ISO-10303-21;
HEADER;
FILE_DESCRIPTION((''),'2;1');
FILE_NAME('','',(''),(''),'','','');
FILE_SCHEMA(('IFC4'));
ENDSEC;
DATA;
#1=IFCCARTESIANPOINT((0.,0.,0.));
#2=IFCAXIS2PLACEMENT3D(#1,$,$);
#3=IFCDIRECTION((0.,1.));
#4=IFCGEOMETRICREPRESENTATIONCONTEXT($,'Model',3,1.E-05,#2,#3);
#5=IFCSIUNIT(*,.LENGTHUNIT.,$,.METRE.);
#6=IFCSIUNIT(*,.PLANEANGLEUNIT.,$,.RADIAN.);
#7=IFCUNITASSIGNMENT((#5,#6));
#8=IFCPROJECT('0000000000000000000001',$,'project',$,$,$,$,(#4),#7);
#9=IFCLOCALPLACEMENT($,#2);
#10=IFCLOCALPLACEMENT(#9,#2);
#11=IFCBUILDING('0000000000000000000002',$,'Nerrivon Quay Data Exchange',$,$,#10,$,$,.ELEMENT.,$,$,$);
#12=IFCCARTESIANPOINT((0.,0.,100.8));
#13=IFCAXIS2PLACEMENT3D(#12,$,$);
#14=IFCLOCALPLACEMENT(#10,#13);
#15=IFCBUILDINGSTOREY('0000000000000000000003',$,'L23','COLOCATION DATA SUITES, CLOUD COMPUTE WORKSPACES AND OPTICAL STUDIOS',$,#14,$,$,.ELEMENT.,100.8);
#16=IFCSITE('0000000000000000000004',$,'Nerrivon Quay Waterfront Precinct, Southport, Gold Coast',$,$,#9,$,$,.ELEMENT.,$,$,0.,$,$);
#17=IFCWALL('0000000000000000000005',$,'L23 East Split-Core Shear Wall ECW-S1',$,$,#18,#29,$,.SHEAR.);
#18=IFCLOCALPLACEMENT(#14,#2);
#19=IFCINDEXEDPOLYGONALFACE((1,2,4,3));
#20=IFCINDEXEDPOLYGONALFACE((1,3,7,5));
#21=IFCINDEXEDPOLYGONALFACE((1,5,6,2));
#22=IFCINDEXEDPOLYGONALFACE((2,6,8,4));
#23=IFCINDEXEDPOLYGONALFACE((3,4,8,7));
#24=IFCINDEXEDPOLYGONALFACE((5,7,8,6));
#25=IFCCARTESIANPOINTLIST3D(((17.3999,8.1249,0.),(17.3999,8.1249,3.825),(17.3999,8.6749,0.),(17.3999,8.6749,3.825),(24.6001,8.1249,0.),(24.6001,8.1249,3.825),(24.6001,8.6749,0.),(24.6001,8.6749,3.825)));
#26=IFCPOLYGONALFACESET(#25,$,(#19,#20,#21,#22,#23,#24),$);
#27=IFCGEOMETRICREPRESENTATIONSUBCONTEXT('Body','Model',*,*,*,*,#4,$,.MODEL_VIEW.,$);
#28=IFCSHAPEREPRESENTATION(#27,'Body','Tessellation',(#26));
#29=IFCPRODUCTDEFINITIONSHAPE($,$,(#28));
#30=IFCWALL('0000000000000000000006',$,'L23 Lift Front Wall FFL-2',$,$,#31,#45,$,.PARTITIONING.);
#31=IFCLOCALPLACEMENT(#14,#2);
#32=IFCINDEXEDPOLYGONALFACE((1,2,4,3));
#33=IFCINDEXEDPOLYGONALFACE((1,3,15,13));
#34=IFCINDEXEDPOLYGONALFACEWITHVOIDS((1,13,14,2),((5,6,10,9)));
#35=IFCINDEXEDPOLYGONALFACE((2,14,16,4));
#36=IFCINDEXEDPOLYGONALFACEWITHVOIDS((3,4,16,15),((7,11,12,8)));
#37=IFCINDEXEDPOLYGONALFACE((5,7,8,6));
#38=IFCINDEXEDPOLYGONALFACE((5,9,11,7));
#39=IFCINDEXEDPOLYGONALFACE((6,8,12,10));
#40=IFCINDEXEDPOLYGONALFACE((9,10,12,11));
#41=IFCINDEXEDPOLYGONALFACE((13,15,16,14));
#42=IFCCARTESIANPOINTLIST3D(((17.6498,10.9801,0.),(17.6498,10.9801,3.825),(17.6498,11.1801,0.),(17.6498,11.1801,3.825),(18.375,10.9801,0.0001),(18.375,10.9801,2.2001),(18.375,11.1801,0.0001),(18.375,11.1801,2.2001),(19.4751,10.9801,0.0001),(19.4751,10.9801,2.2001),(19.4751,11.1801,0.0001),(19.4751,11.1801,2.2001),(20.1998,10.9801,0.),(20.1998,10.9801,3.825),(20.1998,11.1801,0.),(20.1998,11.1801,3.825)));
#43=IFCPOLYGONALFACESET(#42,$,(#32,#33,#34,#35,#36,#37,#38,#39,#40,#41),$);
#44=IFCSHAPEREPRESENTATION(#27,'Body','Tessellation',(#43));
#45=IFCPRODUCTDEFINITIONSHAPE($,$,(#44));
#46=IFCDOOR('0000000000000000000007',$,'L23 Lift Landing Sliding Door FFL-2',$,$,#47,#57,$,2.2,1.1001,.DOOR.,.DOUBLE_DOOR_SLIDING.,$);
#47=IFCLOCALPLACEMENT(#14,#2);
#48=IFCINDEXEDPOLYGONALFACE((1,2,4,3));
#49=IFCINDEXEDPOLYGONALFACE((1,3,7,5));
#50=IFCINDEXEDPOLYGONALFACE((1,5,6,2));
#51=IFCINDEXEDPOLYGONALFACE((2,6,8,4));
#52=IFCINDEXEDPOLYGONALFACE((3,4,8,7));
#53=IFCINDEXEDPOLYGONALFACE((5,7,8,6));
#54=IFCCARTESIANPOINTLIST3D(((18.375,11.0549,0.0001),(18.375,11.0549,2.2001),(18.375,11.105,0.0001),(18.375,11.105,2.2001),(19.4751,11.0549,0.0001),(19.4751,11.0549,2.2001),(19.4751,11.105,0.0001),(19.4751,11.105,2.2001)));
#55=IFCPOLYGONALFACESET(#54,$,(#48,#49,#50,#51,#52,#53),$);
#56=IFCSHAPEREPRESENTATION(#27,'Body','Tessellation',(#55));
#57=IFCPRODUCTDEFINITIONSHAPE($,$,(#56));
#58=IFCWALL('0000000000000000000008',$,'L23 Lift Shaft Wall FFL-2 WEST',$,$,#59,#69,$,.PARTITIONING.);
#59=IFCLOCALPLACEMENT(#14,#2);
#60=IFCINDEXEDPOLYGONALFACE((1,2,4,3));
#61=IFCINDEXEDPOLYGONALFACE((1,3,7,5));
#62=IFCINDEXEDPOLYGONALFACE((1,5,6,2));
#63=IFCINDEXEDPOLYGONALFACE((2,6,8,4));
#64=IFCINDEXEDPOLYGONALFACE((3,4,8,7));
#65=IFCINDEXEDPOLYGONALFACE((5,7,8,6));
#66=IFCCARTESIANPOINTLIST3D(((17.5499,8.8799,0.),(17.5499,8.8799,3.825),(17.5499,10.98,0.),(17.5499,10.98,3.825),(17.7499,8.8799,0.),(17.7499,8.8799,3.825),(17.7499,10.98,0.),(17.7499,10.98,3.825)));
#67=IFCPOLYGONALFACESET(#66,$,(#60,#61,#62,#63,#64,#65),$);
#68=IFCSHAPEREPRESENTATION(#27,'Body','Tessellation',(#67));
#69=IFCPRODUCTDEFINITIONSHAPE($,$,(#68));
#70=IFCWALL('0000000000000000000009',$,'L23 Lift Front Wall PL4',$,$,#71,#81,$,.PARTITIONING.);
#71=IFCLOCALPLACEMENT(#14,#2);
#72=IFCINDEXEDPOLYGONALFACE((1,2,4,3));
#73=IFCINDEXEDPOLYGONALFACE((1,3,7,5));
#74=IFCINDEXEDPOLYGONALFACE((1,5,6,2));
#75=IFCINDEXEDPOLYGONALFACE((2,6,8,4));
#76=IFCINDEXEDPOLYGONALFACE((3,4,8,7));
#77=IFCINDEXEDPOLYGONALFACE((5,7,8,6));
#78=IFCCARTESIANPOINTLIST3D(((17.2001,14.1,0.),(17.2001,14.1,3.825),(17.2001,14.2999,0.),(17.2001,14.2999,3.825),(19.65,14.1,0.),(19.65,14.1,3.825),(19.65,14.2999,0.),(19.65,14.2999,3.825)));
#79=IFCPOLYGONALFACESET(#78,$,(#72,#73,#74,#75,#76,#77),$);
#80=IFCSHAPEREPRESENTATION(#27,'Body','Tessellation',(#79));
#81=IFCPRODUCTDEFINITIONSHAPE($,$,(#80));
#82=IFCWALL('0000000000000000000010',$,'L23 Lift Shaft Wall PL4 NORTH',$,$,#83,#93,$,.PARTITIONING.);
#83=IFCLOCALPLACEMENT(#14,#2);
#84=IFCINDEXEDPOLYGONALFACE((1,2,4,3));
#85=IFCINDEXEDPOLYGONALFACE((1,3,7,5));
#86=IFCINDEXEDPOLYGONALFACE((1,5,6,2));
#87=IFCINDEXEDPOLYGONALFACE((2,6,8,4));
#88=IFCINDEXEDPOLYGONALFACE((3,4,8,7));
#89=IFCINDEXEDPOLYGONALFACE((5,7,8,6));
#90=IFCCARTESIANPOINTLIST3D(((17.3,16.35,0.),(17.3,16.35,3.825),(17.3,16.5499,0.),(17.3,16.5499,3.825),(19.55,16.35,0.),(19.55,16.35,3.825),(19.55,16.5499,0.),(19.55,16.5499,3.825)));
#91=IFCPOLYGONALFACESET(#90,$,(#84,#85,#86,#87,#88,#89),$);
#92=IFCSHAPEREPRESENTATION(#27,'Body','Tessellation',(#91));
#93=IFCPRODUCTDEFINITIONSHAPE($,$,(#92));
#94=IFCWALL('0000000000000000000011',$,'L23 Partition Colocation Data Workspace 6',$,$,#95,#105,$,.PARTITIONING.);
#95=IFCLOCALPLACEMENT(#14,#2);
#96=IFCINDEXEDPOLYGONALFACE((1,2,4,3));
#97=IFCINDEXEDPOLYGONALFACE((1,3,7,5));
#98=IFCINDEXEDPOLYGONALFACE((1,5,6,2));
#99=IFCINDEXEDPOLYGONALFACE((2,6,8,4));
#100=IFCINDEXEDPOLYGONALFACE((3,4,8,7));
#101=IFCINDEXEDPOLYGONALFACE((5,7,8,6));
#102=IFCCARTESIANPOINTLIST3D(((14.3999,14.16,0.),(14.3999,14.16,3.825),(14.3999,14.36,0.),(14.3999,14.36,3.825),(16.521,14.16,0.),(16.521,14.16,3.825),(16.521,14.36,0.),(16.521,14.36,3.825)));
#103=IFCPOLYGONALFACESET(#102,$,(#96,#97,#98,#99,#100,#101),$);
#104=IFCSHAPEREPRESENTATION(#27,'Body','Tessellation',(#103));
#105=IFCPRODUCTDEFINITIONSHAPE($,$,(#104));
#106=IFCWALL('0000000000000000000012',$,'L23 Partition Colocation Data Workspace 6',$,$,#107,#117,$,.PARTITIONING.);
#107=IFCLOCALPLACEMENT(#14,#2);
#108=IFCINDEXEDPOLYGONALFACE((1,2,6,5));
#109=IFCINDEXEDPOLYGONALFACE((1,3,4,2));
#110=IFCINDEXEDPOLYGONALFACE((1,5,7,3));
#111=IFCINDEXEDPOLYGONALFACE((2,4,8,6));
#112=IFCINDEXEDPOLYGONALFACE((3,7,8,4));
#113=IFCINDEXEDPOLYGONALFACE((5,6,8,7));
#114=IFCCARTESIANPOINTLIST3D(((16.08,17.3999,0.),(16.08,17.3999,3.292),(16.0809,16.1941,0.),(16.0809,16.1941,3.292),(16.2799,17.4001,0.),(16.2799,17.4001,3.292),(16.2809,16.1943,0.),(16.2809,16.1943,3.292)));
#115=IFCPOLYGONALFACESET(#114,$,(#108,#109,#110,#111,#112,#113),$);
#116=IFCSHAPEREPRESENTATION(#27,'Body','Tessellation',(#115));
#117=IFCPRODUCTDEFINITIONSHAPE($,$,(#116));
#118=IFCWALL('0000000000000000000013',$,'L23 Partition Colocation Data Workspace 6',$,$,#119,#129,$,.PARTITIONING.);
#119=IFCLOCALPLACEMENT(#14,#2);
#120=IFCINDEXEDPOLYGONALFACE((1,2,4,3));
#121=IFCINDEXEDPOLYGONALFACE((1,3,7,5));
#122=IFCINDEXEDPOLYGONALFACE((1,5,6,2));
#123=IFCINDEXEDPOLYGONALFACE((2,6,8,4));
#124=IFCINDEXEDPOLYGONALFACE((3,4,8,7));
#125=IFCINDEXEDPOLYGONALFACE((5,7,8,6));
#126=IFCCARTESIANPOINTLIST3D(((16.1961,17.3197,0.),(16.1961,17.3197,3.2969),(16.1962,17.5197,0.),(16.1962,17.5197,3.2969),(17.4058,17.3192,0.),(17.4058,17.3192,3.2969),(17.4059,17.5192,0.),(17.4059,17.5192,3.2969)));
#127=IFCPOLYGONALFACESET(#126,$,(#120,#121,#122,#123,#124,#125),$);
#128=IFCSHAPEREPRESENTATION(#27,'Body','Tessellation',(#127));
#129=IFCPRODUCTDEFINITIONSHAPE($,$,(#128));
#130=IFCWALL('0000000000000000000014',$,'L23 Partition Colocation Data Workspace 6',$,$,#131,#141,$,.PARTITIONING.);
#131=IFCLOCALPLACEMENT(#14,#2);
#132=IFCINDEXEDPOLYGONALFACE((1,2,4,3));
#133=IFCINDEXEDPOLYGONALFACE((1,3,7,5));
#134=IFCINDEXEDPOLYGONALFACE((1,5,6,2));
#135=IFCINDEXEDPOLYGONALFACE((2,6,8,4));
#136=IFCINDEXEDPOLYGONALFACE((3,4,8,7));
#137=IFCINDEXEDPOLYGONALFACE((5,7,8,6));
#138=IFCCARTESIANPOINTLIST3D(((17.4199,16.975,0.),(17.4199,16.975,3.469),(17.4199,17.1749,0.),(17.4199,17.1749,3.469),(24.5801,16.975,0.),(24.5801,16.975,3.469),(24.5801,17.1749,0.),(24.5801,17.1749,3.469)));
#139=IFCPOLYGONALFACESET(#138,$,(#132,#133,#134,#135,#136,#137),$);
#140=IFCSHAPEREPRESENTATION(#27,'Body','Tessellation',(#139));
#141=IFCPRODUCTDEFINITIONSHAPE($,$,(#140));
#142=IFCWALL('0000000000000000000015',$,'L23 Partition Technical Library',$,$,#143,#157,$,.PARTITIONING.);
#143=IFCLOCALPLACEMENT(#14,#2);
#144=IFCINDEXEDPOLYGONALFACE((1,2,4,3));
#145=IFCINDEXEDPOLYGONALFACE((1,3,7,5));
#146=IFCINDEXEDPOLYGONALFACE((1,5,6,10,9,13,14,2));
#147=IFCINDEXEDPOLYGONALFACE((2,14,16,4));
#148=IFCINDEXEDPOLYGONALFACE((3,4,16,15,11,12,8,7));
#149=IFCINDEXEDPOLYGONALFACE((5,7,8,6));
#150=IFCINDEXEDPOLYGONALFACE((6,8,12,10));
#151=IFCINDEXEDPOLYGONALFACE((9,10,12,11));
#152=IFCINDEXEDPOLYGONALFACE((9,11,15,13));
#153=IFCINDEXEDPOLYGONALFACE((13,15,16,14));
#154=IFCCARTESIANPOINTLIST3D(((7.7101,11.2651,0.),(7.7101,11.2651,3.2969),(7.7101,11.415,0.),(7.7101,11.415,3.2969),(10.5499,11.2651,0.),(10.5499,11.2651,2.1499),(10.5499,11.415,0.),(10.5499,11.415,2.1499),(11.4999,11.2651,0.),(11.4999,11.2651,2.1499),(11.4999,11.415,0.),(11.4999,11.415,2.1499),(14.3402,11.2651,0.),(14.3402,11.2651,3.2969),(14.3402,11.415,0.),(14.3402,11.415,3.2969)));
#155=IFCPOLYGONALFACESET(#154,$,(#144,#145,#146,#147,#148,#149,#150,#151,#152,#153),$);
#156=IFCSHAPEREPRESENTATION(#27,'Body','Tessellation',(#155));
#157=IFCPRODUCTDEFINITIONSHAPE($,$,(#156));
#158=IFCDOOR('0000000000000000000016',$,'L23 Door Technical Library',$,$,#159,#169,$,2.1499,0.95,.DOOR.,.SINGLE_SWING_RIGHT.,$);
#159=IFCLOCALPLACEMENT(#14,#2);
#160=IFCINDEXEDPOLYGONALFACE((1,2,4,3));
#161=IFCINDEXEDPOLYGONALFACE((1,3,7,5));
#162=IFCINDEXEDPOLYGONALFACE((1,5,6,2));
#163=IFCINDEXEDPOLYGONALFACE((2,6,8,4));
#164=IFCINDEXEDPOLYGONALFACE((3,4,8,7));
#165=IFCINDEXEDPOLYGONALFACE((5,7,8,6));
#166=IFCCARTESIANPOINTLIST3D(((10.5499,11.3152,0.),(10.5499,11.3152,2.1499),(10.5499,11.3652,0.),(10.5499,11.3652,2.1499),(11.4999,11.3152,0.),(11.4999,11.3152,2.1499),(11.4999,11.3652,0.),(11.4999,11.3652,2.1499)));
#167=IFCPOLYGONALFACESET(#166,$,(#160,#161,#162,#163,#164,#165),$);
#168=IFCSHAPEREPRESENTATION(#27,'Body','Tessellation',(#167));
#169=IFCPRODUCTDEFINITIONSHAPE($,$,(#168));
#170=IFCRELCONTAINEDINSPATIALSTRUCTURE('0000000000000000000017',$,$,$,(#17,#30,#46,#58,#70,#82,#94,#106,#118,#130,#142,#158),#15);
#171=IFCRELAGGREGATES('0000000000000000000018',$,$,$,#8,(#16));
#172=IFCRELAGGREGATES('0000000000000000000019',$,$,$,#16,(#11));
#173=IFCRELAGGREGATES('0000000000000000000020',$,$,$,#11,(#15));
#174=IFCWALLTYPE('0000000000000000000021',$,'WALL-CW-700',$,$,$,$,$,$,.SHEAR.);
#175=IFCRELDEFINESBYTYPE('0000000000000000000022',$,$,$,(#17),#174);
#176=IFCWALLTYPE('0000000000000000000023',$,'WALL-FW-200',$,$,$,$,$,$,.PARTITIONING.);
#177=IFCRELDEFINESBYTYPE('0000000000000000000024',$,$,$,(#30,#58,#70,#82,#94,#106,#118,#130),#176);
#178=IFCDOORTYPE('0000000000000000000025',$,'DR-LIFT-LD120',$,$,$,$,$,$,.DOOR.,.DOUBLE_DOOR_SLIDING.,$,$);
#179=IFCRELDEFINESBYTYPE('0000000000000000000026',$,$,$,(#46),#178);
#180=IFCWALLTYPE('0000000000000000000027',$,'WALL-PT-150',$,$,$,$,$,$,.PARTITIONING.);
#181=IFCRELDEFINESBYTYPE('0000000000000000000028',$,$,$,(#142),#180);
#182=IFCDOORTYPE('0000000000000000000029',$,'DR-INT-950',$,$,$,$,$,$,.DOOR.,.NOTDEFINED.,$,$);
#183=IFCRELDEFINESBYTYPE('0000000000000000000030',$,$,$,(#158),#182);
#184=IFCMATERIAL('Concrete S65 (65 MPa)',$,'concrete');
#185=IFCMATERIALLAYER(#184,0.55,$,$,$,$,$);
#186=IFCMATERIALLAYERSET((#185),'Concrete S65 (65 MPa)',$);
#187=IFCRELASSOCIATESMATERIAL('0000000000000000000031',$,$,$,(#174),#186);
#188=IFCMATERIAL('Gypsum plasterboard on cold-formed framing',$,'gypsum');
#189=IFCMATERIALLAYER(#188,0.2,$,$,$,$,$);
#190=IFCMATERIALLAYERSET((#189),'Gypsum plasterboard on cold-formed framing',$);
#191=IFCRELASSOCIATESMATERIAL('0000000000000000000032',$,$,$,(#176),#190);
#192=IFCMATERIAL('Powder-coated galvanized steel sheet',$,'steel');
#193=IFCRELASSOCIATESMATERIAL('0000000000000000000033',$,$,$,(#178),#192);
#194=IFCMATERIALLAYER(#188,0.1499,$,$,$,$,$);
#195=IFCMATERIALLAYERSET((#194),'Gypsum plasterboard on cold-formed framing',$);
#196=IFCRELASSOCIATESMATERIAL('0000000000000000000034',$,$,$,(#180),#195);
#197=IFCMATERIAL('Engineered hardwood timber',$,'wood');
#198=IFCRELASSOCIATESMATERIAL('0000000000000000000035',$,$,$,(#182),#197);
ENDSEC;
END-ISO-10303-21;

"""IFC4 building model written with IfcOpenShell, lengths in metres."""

from ifc_helpers import new_model, si_unit, direction, frame, frame_2d, origin, place, context, subcontext, project, spatial, rectangle, extrude, material, layer, layer_set, type_object, element, fill, save


model = new_model("IFC4")

# Units and contexts
model_context = context("Model", 3, precision=1e-05, world=origin(), true_north=direction((0.0, 1.0)))
body_context = subcontext(model_context, "Body", "Model", "MODEL_VIEW")
ifc_project = project(units=[si_unit("LENGTHUNIT", "METRE"), si_unit("PLANEANGLEUNIT", "RADIAN")], contexts=[model_context])

# Site, building, storey
site_placement = place(None, origin())
site = spatial("IfcSite", under=ifc_project, at=site_placement, Name="Nerrivon Quay Waterfront Precinct, Southport, Gold Coast", CompositionType="ELEMENT", RefElevation=0.0)
building_placement = place(site_placement, origin())
building = spatial("IfcBuilding", under=site, at=building_placement, Name="Nerrivon Quay Data Exchange", CompositionType="ELEMENT")
storey_placement = place(building_placement, frame((0.0, 0.0, 100.8)))
storey = spatial("IfcBuildingStorey", under=building, at=storey_placement, Name="L23", Description="COLOCATION DATA SUITES, CLOUD COMPUTE WORKSPACES AND OPTICAL STUDIOS", CompositionType="ELEMENT", Elevation=100.8)

# Shared definitions
ifc_material_1 = material(Name="Concrete S65 (65 MPa)", Category="concrete")

# Shared definitions
ifc_layer_1 = layer(ifc_material_1, 0.55)
ifc_layer_set_1 = layer_set([ifc_layer_1], Name="Concrete S65 (65 MPa)")
wall_type_1 = type_object("IfcWallType", Name="WALL-CW-700", PredefinedType="SHEAR", material=ifc_layer_set_1)
ifc_material_2 = material(Name="Powder-coated galvanized steel sheet", Category="steel")

# Wall
wall_1_placement = place(storey_placement, frame((17.3999, 8.3999, 0.0), z_axis=(0.0, 0.0, 1.0), x_axis=(1.0, 0.0, 0.0)))
element("IfcWall", 1, at=wall_1_placement, inside=storey, type_object=wall_type_1, Name="L23 East Split-Core Shear Wall ECW-S1", PredefinedType="SHEAR", context=body_context, shape_type="SweptSolid", body=[
    extrude(rectangle(XDim=7.2002, YDim=0.55, at=frame_2d((3.6001, 0.0))), origin(), (0.0, 0.0, 1.0), 3.825),
])

# Wall, opening, door
ifc_material_3 = material(Name="Gypsum plasterboard on cold-formed framing", Category="gypsum")
ifc_layer_2 = layer(ifc_material_3, 0.2)
ifc_layer_set_2 = layer_set([ifc_layer_2], Name="Gypsum plasterboard on cold-formed framing")
wall_type_2 = type_object("IfcWallType", Name="WALL-FW-200", PredefinedType="PARTITIONING", material=ifc_layer_set_2)
wall_2_placement = place(storey_placement, frame((17.6499, 11.0801, 0.0), z_axis=(0.0, 0.0, 1.0), x_axis=(1.0, 0.0, 0.0)))
wall_2 = element("IfcWall", 2, at=wall_2_placement, inside=storey, type_object=wall_type_2, Name="L23 Lift Front Wall FFL-2", PredefinedType="PARTITIONING", context=body_context, shape_type="SweptSolid", body=[
    extrude(rectangle(XDim=2.55, YDim=0.2, at=frame_2d((1.2749, 0.0))), origin(), (0.0, 0.0, 1.0), 3.825),
])
opening_1_placement = place(wall_2_placement, frame((0.7251, 0.0, 0.0)))
opening_1 = element("IfcOpeningElement", 3, at=opening_1_placement, cuts=wall_2, PredefinedType="OPENING", context=body_context, shape_type="SweptSolid", body=[
    extrude(rectangle(XDim=1.1001, YDim=2.2, at=frame_2d((0.55, 1.1001))), frame((0.0, 0.1099, 0.0), z_axis=(0.0, -1.0, 0.0), x_axis=(1.0, 0.0, 0.0)), (0.0, 0.0, 1.0), 0.22),
])
door_type_1 = type_object("IfcDoorType", Name="DR-LIFT-LD120", OperationType="DOUBLE_DOOR_SLIDING", PredefinedType="DOOR", material=ifc_material_2)
door_1_placement = place(opening_1_placement, origin())
door_1 = element("IfcDoor", 4, at=door_1_placement, inside=storey, type_object=door_type_1, Name="L23 Lift Landing Sliding Door FFL-2", OperationType="DOUBLE_DOOR_SLIDING", OverallHeight=2.2, OverallWidth=1.1001, PredefinedType="DOOR", context=body_context, shape_type="SweptSolid", body=[
    extrude(rectangle(XDim=1.1001, YDim=2.2, at=frame_2d((0.55, 1.1001))), frame((0.0, 0.0249, 0.0), z_axis=(0.0, -1.0, 0.0), x_axis=(1.0, 0.0, 0.0)), (0.0, 0.0, 1.0), 0.05),
])
fill(opening_1, door_1)

# Walls
wall_3_placement = place(storey_placement, frame((17.6499, 8.8799, 0.0), z_axis=(0.0, 0.0, 1.0), x_axis=(0.0, 1.0, 0.0)))
element("IfcWall", 5, at=wall_3_placement, inside=storey, type_object=wall_type_2, Name="L23 Lift Shaft Wall FFL-2 WEST", PredefinedType="PARTITIONING", context=body_context, shape_type="SweptSolid", body=[
    extrude(rectangle(XDim=2.1001, YDim=0.2, at=frame_2d((1.05, 0.0))), origin(), (0.0, 0.0, 1.0), 3.825),
])
wall_4_placement = place(storey_placement, frame((17.2, 14.2, 0.0), z_axis=(0.0, 0.0, 1.0), x_axis=(1.0, 0.0, 0.0)))
element("IfcWall", 6, at=wall_4_placement, inside=storey, type_object=wall_type_2, Name="L23 Lift Front Wall PL4", PredefinedType="PARTITIONING", context=body_context, shape_type="SweptSolid", body=[
    extrude(rectangle(XDim=2.45, YDim=0.2, at=frame_2d((1.2251, 0.0))), origin(), (0.0, 0.0, 1.0), 3.825),
])
wall_5_placement = place(storey_placement, frame((17.3, 16.45, 0.0), z_axis=(0.0, 0.0, 1.0), x_axis=(1.0, 0.0, 0.0)))
element("IfcWall", 7, at=wall_5_placement, inside=storey, type_object=wall_type_2, Name="L23 Lift Shaft Wall PL4 NORTH", PredefinedType="PARTITIONING", context=body_context, shape_type="SweptSolid", body=[
    extrude(rectangle(XDim=2.25, YDim=0.2, at=frame_2d((1.125, 0.0))), origin(), (0.0, 0.0, 1.0), 3.825),
])
wall_6_placement = place(storey_placement, frame((14.3999, 14.26, 0.0), z_axis=(0.0, 0.0, 1.0), x_axis=(1.0, 0.0, 0.0)))
element("IfcWall", 8, at=wall_6_placement, inside=storey, type_object=wall_type_2, Name="L23 Partition Colocation Data Workspace 6", PredefinedType="PARTITIONING", context=body_context, shape_type="SweptSolid", body=[
    extrude(rectangle(XDim=2.1211, YDim=0.2, at=frame_2d((1.0605, 0.0))), origin(), (0.0, 0.0, 1.0), 3.825),
])
wall_7_placement = place(storey_placement, frame((16.1809, 16.1941, 0.0), z_axis=(0.0, 0.0, 1.0), x_axis=(-0.00081, 1.0, 0.0)))
element("IfcWall", 9, at=wall_7_placement, inside=storey, type_object=wall_type_2, Name="L23 Partition Colocation Data Workspace 6", PredefinedType="PARTITIONING", context=body_context, shape_type="SweptSolid", body=[
    extrude(rectangle(XDim=1.2058, YDim=0.2, at=frame_2d((0.603, 0.0))), origin(), (0.0, 0.0, 1.0), 3.292),
])
wall_8_placement = place(storey_placement, frame((16.196, 17.4197, 0.0), z_axis=(0.0, 0.0, 1.0), x_axis=(1.0, -0.000404, 0.0)))
element("IfcWall", 10, at=wall_8_placement, inside=storey, type_object=wall_type_2, Name="L23 Partition Colocation Data Workspace 6", PredefinedType="PARTITIONING", context=body_context, shape_type="SweptSolid", body=[
    extrude(rectangle(XDim=1.2097, YDim=0.2, at=frame_2d((0.605, 0.0))), origin(), (0.0, 0.0, 1.0), 3.2969),
])
wall_9_placement = place(storey_placement, frame((17.4199, 17.075, 0.0), z_axis=(0.0, 0.0, 1.0), x_axis=(1.0, 0.0, 0.0)))
element("IfcWall", 11, at=wall_9_placement, inside=storey, type_object=wall_type_2, Name="L23 Partition Colocation Data Workspace 6", PredefinedType="PARTITIONING", context=body_context, shape_type="SweptSolid", body=[
    extrude(rectangle(XDim=7.1602, YDim=0.2, at=frame_2d((3.5801, 0.0))), origin(), (0.0, 0.0, 1.0), 3.469),
])

# Wall, opening, door
ifc_layer_3 = layer(ifc_material_3, 0.1499)
ifc_layer_set_3 = layer_set([ifc_layer_3], Name="Gypsum plasterboard on cold-formed framing")
wall_type_3 = type_object("IfcWallType", Name="WALL-PT-150", PredefinedType="PARTITIONING", material=ifc_layer_set_3)
wall_10_placement = place(storey_placement, frame((14.3401, 11.3401, 0.0), z_axis=(0.0, 0.0, 1.0), x_axis=(-1.0, 0.0, 0.0)))
wall_10 = element("IfcWall", 12, at=wall_10_placement, inside=storey, type_object=wall_type_3, Name="L23 Partition Technical Library", PredefinedType="PARTITIONING", context=body_context, shape_type="SweptSolid", body=[
    extrude(rectangle(XDim=6.6301, YDim=0.1499, at=frame_2d((3.3149, 0.0))), origin(), (0.0, 0.0, 1.0), 3.2969),
])
opening_2_placement = place(wall_10_placement, frame((2.8401, 0.0, 0.0)))
opening_2 = element("IfcOpeningElement", 13, at=opening_2_placement, cuts=wall_10, PredefinedType="OPENING", context=body_context, shape_type="SweptSolid", body=[
    extrude(rectangle(XDim=0.95, YDim=2.1499, at=frame_2d((0.4751, 1.075))), frame((0.0, 0.085, 0.0), z_axis=(0.0, -1.0, 0.0), x_axis=(1.0, 0.0, 0.0)), (0.0, 0.0, 1.0), 0.1699),
])
ifc_material_4 = material(Name="Engineered hardwood timber", Category="wood")
door_type_2 = type_object("IfcDoorType", Name="DR-INT-950", OperationType="NOTDEFINED", PredefinedType="DOOR", material=ifc_material_4)
door_2_placement = place(opening_2_placement, origin())
door_2 = element("IfcDoor", 14, at=door_2_placement, inside=storey, type_object=door_type_2, Name="L23 Door Technical Library", OperationType="SINGLE_SWING_RIGHT", OverallHeight=2.1499, OverallWidth=0.95, PredefinedType="DOOR", context=body_context, shape_type="SweptSolid", body=[
    extrude(rectangle(XDim=0.95, YDim=2.1499, at=frame_2d((0.4751, 1.075))), frame((0.0, 0.0249, 0.0), z_axis=(0.0, -1.0, 0.0), x_axis=(1.0, 0.0, 0.0)), (0.0, 0.0, 1.0), 0.05),
])
fill(opening_2, door_2)

save(model, "model.ifc")
